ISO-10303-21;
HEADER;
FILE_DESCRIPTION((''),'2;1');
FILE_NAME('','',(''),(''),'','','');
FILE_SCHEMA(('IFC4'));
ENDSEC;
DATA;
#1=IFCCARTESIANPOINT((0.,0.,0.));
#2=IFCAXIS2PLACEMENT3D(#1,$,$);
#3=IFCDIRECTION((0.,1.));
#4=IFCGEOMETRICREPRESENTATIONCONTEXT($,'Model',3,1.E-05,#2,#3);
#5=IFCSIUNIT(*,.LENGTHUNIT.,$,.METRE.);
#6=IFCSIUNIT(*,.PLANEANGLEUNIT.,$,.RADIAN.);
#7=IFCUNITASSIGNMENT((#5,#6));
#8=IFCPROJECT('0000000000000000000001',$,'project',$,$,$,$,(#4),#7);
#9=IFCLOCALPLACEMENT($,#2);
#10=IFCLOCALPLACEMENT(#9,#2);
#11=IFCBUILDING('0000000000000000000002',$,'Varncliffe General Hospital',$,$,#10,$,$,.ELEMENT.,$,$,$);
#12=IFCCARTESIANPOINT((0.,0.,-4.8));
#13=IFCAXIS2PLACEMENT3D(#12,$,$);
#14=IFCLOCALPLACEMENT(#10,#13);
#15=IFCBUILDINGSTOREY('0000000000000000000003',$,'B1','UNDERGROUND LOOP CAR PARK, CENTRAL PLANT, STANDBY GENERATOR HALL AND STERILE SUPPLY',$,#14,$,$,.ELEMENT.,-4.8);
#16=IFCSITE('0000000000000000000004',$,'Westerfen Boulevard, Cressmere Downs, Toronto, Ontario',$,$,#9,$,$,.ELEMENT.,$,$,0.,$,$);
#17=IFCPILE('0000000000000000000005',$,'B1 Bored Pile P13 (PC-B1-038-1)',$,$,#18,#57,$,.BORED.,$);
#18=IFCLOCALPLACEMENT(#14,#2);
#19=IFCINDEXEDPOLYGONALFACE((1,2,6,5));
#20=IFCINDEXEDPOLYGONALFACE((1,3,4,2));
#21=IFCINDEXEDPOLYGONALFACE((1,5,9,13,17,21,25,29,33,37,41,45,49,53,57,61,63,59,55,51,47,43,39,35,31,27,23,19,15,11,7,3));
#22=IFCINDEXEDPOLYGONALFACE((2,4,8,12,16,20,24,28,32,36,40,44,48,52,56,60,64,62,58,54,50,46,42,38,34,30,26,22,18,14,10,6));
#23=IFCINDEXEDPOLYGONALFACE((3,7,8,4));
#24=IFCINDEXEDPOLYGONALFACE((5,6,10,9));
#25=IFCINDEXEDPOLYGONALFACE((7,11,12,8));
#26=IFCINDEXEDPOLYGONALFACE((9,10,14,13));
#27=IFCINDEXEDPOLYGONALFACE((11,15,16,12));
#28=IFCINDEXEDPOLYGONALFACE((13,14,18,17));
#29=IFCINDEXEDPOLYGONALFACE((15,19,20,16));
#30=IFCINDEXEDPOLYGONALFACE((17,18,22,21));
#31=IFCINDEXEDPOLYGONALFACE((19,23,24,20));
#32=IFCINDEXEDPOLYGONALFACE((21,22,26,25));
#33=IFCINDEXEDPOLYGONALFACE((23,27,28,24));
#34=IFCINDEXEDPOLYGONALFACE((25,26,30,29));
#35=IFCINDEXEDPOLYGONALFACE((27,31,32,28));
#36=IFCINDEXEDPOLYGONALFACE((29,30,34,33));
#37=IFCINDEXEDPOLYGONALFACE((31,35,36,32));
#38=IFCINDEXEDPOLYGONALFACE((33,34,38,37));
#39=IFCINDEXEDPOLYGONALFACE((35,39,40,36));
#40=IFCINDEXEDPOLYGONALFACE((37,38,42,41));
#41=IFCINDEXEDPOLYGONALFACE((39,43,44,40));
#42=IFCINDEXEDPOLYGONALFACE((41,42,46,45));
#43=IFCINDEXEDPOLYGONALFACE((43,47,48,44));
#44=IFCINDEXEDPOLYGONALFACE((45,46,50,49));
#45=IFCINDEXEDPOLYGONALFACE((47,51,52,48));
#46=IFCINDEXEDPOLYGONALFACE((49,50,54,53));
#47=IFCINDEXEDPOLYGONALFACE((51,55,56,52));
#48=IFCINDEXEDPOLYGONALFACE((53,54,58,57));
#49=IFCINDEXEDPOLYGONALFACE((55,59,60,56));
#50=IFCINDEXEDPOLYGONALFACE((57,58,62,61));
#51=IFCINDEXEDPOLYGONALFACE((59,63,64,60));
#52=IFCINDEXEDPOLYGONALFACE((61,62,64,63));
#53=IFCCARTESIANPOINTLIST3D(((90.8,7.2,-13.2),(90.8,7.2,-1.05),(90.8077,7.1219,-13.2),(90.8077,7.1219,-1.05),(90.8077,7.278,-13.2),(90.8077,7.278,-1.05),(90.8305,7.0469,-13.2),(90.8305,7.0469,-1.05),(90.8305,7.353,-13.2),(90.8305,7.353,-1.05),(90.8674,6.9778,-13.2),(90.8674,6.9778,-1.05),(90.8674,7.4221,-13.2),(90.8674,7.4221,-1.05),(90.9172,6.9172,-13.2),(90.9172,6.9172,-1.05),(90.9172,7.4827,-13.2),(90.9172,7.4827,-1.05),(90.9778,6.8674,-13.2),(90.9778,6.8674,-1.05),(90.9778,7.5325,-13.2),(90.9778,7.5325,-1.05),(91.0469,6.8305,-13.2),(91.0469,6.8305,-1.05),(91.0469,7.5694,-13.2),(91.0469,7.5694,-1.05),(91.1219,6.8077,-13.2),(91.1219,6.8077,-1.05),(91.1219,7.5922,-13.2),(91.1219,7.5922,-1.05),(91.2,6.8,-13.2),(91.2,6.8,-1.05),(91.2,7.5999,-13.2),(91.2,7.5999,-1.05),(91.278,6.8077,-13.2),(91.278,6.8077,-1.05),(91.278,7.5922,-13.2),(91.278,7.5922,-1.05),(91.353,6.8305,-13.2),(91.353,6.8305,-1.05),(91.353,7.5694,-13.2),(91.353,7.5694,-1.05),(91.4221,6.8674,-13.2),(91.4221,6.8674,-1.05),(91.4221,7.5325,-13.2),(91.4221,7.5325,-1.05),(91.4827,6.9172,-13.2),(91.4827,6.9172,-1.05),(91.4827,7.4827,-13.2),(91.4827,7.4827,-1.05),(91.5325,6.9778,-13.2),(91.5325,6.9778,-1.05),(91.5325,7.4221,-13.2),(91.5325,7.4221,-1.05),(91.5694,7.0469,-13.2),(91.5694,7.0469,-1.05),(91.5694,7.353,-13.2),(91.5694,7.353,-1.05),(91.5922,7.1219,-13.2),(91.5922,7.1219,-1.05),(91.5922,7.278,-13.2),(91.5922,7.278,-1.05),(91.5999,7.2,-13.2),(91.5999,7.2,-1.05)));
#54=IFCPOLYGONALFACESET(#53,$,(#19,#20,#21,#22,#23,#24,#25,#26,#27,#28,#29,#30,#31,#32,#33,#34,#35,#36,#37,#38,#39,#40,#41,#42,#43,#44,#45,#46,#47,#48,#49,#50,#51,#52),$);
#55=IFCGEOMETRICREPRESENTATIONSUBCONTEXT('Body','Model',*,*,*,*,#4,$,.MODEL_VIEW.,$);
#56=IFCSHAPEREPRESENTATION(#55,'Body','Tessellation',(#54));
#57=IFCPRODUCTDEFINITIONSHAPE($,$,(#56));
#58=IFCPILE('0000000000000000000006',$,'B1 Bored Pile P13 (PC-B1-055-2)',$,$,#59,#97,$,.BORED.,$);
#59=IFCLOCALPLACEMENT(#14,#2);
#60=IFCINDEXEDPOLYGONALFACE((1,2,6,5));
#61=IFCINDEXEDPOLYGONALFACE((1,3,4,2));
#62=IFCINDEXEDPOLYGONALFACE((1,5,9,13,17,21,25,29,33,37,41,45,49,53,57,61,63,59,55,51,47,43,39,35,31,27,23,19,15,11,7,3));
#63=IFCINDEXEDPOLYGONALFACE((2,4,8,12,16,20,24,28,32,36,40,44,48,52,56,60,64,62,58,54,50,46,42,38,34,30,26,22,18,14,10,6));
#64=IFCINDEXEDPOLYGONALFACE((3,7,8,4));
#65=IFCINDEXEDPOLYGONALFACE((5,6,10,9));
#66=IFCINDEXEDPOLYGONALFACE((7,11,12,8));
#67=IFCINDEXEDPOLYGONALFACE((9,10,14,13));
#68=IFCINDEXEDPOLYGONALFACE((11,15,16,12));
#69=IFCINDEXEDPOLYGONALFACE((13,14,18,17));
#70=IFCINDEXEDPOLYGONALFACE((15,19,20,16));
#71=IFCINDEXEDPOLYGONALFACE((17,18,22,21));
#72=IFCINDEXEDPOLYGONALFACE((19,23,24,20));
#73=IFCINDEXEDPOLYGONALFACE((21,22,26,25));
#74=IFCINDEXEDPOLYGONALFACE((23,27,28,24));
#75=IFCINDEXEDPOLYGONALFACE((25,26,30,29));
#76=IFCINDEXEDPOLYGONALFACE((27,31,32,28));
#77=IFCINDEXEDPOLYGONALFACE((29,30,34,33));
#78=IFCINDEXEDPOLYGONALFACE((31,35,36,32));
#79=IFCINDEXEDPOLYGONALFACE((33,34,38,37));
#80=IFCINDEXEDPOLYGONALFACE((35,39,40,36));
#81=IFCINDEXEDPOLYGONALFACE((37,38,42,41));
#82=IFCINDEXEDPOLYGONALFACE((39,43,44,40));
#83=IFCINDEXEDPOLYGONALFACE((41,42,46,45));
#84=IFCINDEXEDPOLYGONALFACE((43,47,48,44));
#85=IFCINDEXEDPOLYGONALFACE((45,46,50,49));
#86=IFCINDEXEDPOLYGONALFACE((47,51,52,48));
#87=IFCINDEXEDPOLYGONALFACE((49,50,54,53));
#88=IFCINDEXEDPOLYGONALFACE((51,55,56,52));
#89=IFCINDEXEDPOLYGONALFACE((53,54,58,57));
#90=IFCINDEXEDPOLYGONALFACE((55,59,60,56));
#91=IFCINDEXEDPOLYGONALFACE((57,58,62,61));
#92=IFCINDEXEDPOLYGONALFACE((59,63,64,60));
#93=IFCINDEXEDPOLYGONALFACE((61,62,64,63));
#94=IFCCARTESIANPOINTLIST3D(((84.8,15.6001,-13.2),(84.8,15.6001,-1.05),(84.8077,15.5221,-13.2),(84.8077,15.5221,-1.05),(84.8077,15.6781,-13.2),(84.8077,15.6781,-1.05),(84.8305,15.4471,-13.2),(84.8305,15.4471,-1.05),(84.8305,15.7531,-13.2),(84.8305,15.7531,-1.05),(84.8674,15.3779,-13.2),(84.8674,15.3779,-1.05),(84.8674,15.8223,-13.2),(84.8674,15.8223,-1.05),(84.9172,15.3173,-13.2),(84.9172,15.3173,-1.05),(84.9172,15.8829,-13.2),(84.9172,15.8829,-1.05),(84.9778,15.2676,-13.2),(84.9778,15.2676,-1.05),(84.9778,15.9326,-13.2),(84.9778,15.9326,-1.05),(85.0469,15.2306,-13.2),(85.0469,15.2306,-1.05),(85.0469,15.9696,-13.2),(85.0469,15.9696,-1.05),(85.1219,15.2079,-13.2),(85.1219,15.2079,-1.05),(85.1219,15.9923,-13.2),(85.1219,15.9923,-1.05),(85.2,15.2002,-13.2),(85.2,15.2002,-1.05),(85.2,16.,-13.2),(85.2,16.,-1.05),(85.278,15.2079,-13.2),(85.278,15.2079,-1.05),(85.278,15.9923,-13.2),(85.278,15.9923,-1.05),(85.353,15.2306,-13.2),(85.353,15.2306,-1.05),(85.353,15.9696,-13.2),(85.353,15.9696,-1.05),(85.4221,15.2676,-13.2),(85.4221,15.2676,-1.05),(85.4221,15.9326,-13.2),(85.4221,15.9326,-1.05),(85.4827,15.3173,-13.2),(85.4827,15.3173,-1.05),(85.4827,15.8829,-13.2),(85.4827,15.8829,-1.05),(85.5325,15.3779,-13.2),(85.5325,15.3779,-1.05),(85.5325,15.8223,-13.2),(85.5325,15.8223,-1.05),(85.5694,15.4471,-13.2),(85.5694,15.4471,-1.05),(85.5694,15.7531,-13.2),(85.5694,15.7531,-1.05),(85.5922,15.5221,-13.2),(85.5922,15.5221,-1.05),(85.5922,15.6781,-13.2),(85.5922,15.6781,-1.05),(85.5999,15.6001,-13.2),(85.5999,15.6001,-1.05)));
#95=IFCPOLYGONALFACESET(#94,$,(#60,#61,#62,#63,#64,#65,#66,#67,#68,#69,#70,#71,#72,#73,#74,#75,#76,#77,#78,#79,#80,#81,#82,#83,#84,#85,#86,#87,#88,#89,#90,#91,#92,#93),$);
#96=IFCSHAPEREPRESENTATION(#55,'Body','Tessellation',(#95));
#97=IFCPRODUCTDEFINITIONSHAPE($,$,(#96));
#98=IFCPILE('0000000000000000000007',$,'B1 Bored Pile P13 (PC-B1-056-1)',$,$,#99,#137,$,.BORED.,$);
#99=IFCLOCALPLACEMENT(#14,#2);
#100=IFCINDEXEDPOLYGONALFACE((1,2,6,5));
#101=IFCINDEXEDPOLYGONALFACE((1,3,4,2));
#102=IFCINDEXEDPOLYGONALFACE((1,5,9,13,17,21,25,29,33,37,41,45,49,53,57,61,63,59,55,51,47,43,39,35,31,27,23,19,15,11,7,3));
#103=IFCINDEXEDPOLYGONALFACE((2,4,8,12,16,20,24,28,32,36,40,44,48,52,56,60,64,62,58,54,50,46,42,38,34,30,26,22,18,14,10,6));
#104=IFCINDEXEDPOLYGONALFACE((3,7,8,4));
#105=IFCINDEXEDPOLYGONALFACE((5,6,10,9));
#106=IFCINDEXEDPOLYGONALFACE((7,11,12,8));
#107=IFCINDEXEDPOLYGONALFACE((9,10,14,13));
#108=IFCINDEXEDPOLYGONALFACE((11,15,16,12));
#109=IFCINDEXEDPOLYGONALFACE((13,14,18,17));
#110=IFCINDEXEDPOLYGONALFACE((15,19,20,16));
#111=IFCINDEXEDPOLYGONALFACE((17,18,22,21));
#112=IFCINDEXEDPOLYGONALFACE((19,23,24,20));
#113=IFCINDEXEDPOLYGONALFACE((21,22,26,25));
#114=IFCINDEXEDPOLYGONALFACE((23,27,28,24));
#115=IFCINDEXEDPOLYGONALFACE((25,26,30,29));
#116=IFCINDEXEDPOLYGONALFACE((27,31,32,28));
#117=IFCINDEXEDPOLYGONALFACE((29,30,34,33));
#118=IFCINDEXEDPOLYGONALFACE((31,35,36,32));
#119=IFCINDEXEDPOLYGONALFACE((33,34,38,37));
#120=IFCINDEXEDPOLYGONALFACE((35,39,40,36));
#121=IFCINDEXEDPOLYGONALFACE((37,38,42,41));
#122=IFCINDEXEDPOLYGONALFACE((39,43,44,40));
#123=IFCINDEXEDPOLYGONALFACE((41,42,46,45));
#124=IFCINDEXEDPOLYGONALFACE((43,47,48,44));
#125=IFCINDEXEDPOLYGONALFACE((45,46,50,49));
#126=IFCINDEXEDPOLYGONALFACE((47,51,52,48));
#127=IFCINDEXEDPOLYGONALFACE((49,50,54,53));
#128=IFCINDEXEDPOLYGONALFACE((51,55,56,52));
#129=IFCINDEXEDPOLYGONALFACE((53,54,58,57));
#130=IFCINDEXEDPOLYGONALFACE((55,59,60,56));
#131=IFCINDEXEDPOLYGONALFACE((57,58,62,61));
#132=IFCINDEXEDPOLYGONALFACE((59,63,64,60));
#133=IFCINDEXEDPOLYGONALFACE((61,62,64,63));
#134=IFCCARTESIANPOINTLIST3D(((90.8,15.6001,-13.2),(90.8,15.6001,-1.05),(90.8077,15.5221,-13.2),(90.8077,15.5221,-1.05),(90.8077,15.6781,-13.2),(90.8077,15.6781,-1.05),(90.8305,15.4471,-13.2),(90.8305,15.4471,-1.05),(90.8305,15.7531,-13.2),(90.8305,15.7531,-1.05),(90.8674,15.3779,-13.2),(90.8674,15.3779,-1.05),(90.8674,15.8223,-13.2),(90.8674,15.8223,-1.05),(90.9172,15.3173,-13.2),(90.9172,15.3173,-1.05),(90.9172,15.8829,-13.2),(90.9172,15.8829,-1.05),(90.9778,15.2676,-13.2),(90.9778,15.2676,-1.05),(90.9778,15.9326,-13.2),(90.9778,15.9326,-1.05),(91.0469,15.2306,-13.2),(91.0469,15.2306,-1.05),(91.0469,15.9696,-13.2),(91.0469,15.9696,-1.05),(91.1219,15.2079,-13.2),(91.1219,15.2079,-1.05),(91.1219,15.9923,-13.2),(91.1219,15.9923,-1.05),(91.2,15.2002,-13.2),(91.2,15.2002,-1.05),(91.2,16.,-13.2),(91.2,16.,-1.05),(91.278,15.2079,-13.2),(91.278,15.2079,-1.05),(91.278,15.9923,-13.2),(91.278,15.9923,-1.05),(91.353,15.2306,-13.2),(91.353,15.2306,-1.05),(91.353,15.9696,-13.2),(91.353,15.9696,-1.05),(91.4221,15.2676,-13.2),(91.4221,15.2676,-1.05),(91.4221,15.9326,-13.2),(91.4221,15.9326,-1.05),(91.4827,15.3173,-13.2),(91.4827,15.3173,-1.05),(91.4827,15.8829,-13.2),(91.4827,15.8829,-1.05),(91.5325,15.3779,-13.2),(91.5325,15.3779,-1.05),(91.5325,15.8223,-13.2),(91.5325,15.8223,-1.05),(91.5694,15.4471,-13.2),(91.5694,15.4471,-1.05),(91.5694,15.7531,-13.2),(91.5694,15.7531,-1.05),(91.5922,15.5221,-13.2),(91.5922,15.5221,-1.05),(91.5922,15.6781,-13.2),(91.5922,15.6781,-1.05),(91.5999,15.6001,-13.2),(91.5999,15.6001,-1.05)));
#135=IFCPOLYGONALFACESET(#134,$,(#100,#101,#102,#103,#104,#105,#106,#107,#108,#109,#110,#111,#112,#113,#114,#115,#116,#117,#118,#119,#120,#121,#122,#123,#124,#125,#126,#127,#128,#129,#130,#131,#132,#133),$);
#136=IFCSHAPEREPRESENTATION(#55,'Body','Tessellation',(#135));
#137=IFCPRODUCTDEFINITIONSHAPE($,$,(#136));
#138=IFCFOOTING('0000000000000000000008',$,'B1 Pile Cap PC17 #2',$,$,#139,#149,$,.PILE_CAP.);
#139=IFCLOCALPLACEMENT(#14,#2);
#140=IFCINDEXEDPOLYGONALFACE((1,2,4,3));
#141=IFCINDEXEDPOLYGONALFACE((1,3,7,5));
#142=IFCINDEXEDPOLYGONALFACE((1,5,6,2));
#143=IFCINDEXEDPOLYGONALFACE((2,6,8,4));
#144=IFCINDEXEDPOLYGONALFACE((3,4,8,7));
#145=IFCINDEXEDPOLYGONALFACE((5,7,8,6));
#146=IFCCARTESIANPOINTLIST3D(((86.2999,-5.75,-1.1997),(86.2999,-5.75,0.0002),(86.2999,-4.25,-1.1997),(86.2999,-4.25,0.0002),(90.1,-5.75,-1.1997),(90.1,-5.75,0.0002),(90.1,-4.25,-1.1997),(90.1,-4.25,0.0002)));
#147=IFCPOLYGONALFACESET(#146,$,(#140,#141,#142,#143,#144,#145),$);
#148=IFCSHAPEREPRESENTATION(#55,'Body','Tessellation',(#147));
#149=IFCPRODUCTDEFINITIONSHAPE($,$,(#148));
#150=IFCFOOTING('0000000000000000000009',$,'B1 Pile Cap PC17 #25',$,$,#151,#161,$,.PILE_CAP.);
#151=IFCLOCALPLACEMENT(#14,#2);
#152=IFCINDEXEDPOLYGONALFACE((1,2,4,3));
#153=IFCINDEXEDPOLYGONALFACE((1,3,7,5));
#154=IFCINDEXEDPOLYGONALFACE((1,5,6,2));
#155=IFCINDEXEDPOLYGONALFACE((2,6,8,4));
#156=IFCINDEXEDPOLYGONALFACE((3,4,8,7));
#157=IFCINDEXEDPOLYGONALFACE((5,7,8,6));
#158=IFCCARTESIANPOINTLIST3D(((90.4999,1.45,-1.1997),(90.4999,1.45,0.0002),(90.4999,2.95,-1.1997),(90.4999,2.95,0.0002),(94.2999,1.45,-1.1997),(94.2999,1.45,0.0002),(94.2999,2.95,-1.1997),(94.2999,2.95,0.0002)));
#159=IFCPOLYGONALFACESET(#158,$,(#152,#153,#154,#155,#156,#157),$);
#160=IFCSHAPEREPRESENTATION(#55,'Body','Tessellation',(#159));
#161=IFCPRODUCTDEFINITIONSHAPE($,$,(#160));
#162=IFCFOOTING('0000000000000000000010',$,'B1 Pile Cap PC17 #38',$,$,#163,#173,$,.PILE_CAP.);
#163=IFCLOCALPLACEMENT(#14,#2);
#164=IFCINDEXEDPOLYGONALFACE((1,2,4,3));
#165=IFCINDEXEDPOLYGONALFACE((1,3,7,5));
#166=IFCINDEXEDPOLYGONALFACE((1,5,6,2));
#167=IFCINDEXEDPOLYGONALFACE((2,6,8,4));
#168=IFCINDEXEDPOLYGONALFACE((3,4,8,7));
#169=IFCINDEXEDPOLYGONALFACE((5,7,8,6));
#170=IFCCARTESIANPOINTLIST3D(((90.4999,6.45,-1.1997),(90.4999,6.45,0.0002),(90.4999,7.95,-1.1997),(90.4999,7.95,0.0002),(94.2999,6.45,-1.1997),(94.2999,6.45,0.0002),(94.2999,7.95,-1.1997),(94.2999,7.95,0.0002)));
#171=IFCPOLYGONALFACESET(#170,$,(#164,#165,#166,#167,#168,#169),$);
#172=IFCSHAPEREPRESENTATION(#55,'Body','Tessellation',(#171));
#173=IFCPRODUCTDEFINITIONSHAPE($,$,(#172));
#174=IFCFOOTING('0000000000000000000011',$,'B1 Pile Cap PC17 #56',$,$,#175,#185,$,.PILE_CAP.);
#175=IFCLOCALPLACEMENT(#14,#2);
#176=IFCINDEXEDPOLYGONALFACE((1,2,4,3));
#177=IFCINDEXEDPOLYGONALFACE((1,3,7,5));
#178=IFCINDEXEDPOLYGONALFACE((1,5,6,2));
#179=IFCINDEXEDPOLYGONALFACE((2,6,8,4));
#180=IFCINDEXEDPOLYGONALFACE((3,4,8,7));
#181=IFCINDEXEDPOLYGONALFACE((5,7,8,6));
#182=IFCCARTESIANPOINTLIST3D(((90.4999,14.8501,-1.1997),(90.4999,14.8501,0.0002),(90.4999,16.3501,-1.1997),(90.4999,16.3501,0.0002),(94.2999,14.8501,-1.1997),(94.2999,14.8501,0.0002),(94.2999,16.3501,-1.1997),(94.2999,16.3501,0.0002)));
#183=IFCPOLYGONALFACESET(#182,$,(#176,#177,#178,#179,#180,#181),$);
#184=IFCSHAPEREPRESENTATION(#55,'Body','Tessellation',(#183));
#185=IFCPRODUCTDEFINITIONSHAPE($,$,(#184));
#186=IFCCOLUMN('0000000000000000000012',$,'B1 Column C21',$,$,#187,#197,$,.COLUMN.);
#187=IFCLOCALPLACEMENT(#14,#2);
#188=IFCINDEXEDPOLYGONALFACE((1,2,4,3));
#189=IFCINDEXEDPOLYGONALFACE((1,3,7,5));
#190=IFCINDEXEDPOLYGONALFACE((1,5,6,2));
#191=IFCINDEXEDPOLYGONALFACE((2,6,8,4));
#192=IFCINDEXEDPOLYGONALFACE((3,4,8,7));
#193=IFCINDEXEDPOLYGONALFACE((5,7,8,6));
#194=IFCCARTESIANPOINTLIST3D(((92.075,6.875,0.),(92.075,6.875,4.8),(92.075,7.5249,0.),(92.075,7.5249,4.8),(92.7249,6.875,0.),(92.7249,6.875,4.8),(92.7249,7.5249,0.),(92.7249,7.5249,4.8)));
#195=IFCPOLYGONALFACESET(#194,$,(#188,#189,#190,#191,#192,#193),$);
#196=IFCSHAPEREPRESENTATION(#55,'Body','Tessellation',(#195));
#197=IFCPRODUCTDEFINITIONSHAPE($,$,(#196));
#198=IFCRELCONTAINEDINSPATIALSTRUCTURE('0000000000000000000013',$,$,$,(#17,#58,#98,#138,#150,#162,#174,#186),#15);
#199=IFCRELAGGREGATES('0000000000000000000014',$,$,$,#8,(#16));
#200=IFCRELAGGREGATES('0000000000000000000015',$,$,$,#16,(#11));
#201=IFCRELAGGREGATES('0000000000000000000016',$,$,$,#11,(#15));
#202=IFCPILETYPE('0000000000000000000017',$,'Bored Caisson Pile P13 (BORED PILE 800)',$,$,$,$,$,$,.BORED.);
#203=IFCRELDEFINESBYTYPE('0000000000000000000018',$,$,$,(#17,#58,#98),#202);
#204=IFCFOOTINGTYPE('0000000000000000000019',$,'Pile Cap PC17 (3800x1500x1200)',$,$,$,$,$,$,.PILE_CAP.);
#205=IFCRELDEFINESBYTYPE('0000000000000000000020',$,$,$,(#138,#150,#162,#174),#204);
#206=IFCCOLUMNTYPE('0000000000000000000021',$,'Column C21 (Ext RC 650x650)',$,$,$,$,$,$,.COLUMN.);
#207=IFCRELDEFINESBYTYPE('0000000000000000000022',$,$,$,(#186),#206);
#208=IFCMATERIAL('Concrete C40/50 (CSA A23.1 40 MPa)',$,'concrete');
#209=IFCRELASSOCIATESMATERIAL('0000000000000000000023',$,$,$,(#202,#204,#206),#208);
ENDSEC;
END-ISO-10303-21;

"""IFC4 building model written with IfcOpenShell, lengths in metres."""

from ifc_helpers import new_model, si_unit, direction, frame, origin, origin_2d, place, context, subcontext, project, spatial, rectangle, circle, extrude, material, material_profile, profile_set, type_object, element, save


model = new_model("IFC4")

# Units and contexts
model_context = context("Model", 3, precision=1e-05, world=origin(), true_north=direction((0.0, 1.0)))
body_context = subcontext(model_context, "Body", "Model", "MODEL_VIEW")
ifc_project = project(units=[si_unit("LENGTHUNIT", "METRE"), si_unit("PLANEANGLEUNIT", "RADIAN")], contexts=[model_context])

# Site, building, storey
site_placement = place(None, origin())
site = spatial("IfcSite", under=ifc_project, at=site_placement, Name="Westerfen Boulevard, Cressmere Downs, Toronto, Ontario", CompositionType="ELEMENT", RefElevation=0.0)
building_placement = place(site_placement, origin())
building = spatial("IfcBuilding", under=site, at=building_placement, Name="Varncliffe General Hospital", CompositionType="ELEMENT")
storey_placement = place(building_placement, frame((0.0, 0.0, -4.8)))
storey = spatial("IfcBuildingStorey", under=building, at=storey_placement, Name="B1", Description="UNDERGROUND LOOP CAR PARK, CENTRAL PLANT, STANDBY GENERATOR HALL AND STERILE SUPPLY", CompositionType="ELEMENT", Elevation=-4.8)

# Piles
ifc_material_1 = material(Name="Concrete C40/50 (CSA A23.1 40 MPa)", Category="concrete")
ifc_material_profile_1 = material_profile(ifc_material_1, circle(Radius=0.3999, at=origin_2d()), Name="BORED PILE 800")
ifc_profile_set_1 = profile_set([ifc_material_profile_1], Name="Concrete C40/50 (CSA A23.1 40 MPa)")
pile_type = type_object("IfcPileType", Name="Bored Caisson Pile P13 (BORED PILE 800)", PredefinedType="BORED", material=ifc_profile_set_1)
for number, where, z_axis, x_axis, name in (
    (1, (91.2, 7.2, -1.05), (0.0, 0.0, -1.0), (1.0, 0.0, 0.0), "B1 Bored Pile P13 (PC-B1-038-1)"),
    (2, (85.2, 15.6001, -1.05), (0.0, 0.0, -1.0), (1.0, 0.0, 0.0), "B1 Bored Pile P13 (PC-B1-055-2)"),
    (3, (91.2, 15.6001, -1.05), (0.0, 0.0, -1.0), (1.0, 0.0, 0.0), "B1 Bored Pile P13 (PC-B1-056-1)"),
):
    element("IfcPile", number, at=place(storey_placement, frame(where, z_axis=z_axis, x_axis=x_axis)), inside=storey, type_object=pile_type, Name=name, PredefinedType="BORED", context=body_context, shape_type="SweptSolid", body=[
        extrude(circle(Radius=0.3999, at=origin_2d()), origin(), (0.0, 0.0, 1.0), 12.1499),
    ])

# Footings
footing_type = type_object("IfcFootingType", Name="Pile Cap PC17 (3800x1500x1200)", PredefinedType="PILE_CAP", material=ifc_material_1)
for number, where, z_axis, x_axis, name in (
    (4, (88.2, -5.0, -1.1997), (0.0, 0.0, 1.0), (1.0, 0.0, 0.0), "B1 Pile Cap PC17 #2"),
    (5, (92.3999, 2.2, -1.1997), (0.0, 0.0, 1.0), (1.0, 0.0, 0.0), "B1 Pile Cap PC17 #25"),
    (6, (92.3999, 7.2, -1.1997), (0.0, 0.0, 1.0), (1.0, 0.0, 0.0), "B1 Pile Cap PC17 #38"),
    (7, (92.3999, 15.6001, -1.1997), (0.0, 0.0, 1.0), (1.0, 0.0, 0.0), "B1 Pile Cap PC17 #56"),
):
    element("IfcFooting", number, at=place(storey_placement, frame(where, z_axis=z_axis, x_axis=x_axis)), inside=storey, type_object=footing_type, Name=name, PredefinedType="PILE_CAP", context=body_context, shape_type="SweptSolid", body=[
        extrude(rectangle(XDim=3.8, YDim=1.5, at=origin_2d()), origin(), (0.0, 0.0, 1.0), 1.2),
    ])

# Column
ifc_material_profile_2 = material_profile(ifc_material_1, rectangle(XDim=0.6499, YDim=0.6499, at=origin_2d()), Name="RC 650x650")
ifc_profile_set_2 = profile_set([ifc_material_profile_2], Name="Concrete C40/50 (CSA A23.1 40 MPa)")
column_type_1 = type_object("IfcColumnType", Name="Column C21 (Ext RC 650x650)", PredefinedType="COLUMN", material=ifc_profile_set_2)
column_1_placement = place(storey_placement, frame((92.3999, 7.2, 0.0), z_axis=(0.0, 0.0, 1.0), x_axis=(1.0, 0.0, 0.0)))
element("IfcColumn", 8, at=column_1_placement, inside=storey, type_object=column_type_1, Name="B1 Column C21", PredefinedType="COLUMN", context=body_context, shape_type="SweptSolid", body=[
    extrude(rectangle(XDim=0.6499, YDim=0.6499, at=origin_2d()), origin(), (0.0, 0.0, 1.0), 4.8),
])

save(model, "model.ifc")
